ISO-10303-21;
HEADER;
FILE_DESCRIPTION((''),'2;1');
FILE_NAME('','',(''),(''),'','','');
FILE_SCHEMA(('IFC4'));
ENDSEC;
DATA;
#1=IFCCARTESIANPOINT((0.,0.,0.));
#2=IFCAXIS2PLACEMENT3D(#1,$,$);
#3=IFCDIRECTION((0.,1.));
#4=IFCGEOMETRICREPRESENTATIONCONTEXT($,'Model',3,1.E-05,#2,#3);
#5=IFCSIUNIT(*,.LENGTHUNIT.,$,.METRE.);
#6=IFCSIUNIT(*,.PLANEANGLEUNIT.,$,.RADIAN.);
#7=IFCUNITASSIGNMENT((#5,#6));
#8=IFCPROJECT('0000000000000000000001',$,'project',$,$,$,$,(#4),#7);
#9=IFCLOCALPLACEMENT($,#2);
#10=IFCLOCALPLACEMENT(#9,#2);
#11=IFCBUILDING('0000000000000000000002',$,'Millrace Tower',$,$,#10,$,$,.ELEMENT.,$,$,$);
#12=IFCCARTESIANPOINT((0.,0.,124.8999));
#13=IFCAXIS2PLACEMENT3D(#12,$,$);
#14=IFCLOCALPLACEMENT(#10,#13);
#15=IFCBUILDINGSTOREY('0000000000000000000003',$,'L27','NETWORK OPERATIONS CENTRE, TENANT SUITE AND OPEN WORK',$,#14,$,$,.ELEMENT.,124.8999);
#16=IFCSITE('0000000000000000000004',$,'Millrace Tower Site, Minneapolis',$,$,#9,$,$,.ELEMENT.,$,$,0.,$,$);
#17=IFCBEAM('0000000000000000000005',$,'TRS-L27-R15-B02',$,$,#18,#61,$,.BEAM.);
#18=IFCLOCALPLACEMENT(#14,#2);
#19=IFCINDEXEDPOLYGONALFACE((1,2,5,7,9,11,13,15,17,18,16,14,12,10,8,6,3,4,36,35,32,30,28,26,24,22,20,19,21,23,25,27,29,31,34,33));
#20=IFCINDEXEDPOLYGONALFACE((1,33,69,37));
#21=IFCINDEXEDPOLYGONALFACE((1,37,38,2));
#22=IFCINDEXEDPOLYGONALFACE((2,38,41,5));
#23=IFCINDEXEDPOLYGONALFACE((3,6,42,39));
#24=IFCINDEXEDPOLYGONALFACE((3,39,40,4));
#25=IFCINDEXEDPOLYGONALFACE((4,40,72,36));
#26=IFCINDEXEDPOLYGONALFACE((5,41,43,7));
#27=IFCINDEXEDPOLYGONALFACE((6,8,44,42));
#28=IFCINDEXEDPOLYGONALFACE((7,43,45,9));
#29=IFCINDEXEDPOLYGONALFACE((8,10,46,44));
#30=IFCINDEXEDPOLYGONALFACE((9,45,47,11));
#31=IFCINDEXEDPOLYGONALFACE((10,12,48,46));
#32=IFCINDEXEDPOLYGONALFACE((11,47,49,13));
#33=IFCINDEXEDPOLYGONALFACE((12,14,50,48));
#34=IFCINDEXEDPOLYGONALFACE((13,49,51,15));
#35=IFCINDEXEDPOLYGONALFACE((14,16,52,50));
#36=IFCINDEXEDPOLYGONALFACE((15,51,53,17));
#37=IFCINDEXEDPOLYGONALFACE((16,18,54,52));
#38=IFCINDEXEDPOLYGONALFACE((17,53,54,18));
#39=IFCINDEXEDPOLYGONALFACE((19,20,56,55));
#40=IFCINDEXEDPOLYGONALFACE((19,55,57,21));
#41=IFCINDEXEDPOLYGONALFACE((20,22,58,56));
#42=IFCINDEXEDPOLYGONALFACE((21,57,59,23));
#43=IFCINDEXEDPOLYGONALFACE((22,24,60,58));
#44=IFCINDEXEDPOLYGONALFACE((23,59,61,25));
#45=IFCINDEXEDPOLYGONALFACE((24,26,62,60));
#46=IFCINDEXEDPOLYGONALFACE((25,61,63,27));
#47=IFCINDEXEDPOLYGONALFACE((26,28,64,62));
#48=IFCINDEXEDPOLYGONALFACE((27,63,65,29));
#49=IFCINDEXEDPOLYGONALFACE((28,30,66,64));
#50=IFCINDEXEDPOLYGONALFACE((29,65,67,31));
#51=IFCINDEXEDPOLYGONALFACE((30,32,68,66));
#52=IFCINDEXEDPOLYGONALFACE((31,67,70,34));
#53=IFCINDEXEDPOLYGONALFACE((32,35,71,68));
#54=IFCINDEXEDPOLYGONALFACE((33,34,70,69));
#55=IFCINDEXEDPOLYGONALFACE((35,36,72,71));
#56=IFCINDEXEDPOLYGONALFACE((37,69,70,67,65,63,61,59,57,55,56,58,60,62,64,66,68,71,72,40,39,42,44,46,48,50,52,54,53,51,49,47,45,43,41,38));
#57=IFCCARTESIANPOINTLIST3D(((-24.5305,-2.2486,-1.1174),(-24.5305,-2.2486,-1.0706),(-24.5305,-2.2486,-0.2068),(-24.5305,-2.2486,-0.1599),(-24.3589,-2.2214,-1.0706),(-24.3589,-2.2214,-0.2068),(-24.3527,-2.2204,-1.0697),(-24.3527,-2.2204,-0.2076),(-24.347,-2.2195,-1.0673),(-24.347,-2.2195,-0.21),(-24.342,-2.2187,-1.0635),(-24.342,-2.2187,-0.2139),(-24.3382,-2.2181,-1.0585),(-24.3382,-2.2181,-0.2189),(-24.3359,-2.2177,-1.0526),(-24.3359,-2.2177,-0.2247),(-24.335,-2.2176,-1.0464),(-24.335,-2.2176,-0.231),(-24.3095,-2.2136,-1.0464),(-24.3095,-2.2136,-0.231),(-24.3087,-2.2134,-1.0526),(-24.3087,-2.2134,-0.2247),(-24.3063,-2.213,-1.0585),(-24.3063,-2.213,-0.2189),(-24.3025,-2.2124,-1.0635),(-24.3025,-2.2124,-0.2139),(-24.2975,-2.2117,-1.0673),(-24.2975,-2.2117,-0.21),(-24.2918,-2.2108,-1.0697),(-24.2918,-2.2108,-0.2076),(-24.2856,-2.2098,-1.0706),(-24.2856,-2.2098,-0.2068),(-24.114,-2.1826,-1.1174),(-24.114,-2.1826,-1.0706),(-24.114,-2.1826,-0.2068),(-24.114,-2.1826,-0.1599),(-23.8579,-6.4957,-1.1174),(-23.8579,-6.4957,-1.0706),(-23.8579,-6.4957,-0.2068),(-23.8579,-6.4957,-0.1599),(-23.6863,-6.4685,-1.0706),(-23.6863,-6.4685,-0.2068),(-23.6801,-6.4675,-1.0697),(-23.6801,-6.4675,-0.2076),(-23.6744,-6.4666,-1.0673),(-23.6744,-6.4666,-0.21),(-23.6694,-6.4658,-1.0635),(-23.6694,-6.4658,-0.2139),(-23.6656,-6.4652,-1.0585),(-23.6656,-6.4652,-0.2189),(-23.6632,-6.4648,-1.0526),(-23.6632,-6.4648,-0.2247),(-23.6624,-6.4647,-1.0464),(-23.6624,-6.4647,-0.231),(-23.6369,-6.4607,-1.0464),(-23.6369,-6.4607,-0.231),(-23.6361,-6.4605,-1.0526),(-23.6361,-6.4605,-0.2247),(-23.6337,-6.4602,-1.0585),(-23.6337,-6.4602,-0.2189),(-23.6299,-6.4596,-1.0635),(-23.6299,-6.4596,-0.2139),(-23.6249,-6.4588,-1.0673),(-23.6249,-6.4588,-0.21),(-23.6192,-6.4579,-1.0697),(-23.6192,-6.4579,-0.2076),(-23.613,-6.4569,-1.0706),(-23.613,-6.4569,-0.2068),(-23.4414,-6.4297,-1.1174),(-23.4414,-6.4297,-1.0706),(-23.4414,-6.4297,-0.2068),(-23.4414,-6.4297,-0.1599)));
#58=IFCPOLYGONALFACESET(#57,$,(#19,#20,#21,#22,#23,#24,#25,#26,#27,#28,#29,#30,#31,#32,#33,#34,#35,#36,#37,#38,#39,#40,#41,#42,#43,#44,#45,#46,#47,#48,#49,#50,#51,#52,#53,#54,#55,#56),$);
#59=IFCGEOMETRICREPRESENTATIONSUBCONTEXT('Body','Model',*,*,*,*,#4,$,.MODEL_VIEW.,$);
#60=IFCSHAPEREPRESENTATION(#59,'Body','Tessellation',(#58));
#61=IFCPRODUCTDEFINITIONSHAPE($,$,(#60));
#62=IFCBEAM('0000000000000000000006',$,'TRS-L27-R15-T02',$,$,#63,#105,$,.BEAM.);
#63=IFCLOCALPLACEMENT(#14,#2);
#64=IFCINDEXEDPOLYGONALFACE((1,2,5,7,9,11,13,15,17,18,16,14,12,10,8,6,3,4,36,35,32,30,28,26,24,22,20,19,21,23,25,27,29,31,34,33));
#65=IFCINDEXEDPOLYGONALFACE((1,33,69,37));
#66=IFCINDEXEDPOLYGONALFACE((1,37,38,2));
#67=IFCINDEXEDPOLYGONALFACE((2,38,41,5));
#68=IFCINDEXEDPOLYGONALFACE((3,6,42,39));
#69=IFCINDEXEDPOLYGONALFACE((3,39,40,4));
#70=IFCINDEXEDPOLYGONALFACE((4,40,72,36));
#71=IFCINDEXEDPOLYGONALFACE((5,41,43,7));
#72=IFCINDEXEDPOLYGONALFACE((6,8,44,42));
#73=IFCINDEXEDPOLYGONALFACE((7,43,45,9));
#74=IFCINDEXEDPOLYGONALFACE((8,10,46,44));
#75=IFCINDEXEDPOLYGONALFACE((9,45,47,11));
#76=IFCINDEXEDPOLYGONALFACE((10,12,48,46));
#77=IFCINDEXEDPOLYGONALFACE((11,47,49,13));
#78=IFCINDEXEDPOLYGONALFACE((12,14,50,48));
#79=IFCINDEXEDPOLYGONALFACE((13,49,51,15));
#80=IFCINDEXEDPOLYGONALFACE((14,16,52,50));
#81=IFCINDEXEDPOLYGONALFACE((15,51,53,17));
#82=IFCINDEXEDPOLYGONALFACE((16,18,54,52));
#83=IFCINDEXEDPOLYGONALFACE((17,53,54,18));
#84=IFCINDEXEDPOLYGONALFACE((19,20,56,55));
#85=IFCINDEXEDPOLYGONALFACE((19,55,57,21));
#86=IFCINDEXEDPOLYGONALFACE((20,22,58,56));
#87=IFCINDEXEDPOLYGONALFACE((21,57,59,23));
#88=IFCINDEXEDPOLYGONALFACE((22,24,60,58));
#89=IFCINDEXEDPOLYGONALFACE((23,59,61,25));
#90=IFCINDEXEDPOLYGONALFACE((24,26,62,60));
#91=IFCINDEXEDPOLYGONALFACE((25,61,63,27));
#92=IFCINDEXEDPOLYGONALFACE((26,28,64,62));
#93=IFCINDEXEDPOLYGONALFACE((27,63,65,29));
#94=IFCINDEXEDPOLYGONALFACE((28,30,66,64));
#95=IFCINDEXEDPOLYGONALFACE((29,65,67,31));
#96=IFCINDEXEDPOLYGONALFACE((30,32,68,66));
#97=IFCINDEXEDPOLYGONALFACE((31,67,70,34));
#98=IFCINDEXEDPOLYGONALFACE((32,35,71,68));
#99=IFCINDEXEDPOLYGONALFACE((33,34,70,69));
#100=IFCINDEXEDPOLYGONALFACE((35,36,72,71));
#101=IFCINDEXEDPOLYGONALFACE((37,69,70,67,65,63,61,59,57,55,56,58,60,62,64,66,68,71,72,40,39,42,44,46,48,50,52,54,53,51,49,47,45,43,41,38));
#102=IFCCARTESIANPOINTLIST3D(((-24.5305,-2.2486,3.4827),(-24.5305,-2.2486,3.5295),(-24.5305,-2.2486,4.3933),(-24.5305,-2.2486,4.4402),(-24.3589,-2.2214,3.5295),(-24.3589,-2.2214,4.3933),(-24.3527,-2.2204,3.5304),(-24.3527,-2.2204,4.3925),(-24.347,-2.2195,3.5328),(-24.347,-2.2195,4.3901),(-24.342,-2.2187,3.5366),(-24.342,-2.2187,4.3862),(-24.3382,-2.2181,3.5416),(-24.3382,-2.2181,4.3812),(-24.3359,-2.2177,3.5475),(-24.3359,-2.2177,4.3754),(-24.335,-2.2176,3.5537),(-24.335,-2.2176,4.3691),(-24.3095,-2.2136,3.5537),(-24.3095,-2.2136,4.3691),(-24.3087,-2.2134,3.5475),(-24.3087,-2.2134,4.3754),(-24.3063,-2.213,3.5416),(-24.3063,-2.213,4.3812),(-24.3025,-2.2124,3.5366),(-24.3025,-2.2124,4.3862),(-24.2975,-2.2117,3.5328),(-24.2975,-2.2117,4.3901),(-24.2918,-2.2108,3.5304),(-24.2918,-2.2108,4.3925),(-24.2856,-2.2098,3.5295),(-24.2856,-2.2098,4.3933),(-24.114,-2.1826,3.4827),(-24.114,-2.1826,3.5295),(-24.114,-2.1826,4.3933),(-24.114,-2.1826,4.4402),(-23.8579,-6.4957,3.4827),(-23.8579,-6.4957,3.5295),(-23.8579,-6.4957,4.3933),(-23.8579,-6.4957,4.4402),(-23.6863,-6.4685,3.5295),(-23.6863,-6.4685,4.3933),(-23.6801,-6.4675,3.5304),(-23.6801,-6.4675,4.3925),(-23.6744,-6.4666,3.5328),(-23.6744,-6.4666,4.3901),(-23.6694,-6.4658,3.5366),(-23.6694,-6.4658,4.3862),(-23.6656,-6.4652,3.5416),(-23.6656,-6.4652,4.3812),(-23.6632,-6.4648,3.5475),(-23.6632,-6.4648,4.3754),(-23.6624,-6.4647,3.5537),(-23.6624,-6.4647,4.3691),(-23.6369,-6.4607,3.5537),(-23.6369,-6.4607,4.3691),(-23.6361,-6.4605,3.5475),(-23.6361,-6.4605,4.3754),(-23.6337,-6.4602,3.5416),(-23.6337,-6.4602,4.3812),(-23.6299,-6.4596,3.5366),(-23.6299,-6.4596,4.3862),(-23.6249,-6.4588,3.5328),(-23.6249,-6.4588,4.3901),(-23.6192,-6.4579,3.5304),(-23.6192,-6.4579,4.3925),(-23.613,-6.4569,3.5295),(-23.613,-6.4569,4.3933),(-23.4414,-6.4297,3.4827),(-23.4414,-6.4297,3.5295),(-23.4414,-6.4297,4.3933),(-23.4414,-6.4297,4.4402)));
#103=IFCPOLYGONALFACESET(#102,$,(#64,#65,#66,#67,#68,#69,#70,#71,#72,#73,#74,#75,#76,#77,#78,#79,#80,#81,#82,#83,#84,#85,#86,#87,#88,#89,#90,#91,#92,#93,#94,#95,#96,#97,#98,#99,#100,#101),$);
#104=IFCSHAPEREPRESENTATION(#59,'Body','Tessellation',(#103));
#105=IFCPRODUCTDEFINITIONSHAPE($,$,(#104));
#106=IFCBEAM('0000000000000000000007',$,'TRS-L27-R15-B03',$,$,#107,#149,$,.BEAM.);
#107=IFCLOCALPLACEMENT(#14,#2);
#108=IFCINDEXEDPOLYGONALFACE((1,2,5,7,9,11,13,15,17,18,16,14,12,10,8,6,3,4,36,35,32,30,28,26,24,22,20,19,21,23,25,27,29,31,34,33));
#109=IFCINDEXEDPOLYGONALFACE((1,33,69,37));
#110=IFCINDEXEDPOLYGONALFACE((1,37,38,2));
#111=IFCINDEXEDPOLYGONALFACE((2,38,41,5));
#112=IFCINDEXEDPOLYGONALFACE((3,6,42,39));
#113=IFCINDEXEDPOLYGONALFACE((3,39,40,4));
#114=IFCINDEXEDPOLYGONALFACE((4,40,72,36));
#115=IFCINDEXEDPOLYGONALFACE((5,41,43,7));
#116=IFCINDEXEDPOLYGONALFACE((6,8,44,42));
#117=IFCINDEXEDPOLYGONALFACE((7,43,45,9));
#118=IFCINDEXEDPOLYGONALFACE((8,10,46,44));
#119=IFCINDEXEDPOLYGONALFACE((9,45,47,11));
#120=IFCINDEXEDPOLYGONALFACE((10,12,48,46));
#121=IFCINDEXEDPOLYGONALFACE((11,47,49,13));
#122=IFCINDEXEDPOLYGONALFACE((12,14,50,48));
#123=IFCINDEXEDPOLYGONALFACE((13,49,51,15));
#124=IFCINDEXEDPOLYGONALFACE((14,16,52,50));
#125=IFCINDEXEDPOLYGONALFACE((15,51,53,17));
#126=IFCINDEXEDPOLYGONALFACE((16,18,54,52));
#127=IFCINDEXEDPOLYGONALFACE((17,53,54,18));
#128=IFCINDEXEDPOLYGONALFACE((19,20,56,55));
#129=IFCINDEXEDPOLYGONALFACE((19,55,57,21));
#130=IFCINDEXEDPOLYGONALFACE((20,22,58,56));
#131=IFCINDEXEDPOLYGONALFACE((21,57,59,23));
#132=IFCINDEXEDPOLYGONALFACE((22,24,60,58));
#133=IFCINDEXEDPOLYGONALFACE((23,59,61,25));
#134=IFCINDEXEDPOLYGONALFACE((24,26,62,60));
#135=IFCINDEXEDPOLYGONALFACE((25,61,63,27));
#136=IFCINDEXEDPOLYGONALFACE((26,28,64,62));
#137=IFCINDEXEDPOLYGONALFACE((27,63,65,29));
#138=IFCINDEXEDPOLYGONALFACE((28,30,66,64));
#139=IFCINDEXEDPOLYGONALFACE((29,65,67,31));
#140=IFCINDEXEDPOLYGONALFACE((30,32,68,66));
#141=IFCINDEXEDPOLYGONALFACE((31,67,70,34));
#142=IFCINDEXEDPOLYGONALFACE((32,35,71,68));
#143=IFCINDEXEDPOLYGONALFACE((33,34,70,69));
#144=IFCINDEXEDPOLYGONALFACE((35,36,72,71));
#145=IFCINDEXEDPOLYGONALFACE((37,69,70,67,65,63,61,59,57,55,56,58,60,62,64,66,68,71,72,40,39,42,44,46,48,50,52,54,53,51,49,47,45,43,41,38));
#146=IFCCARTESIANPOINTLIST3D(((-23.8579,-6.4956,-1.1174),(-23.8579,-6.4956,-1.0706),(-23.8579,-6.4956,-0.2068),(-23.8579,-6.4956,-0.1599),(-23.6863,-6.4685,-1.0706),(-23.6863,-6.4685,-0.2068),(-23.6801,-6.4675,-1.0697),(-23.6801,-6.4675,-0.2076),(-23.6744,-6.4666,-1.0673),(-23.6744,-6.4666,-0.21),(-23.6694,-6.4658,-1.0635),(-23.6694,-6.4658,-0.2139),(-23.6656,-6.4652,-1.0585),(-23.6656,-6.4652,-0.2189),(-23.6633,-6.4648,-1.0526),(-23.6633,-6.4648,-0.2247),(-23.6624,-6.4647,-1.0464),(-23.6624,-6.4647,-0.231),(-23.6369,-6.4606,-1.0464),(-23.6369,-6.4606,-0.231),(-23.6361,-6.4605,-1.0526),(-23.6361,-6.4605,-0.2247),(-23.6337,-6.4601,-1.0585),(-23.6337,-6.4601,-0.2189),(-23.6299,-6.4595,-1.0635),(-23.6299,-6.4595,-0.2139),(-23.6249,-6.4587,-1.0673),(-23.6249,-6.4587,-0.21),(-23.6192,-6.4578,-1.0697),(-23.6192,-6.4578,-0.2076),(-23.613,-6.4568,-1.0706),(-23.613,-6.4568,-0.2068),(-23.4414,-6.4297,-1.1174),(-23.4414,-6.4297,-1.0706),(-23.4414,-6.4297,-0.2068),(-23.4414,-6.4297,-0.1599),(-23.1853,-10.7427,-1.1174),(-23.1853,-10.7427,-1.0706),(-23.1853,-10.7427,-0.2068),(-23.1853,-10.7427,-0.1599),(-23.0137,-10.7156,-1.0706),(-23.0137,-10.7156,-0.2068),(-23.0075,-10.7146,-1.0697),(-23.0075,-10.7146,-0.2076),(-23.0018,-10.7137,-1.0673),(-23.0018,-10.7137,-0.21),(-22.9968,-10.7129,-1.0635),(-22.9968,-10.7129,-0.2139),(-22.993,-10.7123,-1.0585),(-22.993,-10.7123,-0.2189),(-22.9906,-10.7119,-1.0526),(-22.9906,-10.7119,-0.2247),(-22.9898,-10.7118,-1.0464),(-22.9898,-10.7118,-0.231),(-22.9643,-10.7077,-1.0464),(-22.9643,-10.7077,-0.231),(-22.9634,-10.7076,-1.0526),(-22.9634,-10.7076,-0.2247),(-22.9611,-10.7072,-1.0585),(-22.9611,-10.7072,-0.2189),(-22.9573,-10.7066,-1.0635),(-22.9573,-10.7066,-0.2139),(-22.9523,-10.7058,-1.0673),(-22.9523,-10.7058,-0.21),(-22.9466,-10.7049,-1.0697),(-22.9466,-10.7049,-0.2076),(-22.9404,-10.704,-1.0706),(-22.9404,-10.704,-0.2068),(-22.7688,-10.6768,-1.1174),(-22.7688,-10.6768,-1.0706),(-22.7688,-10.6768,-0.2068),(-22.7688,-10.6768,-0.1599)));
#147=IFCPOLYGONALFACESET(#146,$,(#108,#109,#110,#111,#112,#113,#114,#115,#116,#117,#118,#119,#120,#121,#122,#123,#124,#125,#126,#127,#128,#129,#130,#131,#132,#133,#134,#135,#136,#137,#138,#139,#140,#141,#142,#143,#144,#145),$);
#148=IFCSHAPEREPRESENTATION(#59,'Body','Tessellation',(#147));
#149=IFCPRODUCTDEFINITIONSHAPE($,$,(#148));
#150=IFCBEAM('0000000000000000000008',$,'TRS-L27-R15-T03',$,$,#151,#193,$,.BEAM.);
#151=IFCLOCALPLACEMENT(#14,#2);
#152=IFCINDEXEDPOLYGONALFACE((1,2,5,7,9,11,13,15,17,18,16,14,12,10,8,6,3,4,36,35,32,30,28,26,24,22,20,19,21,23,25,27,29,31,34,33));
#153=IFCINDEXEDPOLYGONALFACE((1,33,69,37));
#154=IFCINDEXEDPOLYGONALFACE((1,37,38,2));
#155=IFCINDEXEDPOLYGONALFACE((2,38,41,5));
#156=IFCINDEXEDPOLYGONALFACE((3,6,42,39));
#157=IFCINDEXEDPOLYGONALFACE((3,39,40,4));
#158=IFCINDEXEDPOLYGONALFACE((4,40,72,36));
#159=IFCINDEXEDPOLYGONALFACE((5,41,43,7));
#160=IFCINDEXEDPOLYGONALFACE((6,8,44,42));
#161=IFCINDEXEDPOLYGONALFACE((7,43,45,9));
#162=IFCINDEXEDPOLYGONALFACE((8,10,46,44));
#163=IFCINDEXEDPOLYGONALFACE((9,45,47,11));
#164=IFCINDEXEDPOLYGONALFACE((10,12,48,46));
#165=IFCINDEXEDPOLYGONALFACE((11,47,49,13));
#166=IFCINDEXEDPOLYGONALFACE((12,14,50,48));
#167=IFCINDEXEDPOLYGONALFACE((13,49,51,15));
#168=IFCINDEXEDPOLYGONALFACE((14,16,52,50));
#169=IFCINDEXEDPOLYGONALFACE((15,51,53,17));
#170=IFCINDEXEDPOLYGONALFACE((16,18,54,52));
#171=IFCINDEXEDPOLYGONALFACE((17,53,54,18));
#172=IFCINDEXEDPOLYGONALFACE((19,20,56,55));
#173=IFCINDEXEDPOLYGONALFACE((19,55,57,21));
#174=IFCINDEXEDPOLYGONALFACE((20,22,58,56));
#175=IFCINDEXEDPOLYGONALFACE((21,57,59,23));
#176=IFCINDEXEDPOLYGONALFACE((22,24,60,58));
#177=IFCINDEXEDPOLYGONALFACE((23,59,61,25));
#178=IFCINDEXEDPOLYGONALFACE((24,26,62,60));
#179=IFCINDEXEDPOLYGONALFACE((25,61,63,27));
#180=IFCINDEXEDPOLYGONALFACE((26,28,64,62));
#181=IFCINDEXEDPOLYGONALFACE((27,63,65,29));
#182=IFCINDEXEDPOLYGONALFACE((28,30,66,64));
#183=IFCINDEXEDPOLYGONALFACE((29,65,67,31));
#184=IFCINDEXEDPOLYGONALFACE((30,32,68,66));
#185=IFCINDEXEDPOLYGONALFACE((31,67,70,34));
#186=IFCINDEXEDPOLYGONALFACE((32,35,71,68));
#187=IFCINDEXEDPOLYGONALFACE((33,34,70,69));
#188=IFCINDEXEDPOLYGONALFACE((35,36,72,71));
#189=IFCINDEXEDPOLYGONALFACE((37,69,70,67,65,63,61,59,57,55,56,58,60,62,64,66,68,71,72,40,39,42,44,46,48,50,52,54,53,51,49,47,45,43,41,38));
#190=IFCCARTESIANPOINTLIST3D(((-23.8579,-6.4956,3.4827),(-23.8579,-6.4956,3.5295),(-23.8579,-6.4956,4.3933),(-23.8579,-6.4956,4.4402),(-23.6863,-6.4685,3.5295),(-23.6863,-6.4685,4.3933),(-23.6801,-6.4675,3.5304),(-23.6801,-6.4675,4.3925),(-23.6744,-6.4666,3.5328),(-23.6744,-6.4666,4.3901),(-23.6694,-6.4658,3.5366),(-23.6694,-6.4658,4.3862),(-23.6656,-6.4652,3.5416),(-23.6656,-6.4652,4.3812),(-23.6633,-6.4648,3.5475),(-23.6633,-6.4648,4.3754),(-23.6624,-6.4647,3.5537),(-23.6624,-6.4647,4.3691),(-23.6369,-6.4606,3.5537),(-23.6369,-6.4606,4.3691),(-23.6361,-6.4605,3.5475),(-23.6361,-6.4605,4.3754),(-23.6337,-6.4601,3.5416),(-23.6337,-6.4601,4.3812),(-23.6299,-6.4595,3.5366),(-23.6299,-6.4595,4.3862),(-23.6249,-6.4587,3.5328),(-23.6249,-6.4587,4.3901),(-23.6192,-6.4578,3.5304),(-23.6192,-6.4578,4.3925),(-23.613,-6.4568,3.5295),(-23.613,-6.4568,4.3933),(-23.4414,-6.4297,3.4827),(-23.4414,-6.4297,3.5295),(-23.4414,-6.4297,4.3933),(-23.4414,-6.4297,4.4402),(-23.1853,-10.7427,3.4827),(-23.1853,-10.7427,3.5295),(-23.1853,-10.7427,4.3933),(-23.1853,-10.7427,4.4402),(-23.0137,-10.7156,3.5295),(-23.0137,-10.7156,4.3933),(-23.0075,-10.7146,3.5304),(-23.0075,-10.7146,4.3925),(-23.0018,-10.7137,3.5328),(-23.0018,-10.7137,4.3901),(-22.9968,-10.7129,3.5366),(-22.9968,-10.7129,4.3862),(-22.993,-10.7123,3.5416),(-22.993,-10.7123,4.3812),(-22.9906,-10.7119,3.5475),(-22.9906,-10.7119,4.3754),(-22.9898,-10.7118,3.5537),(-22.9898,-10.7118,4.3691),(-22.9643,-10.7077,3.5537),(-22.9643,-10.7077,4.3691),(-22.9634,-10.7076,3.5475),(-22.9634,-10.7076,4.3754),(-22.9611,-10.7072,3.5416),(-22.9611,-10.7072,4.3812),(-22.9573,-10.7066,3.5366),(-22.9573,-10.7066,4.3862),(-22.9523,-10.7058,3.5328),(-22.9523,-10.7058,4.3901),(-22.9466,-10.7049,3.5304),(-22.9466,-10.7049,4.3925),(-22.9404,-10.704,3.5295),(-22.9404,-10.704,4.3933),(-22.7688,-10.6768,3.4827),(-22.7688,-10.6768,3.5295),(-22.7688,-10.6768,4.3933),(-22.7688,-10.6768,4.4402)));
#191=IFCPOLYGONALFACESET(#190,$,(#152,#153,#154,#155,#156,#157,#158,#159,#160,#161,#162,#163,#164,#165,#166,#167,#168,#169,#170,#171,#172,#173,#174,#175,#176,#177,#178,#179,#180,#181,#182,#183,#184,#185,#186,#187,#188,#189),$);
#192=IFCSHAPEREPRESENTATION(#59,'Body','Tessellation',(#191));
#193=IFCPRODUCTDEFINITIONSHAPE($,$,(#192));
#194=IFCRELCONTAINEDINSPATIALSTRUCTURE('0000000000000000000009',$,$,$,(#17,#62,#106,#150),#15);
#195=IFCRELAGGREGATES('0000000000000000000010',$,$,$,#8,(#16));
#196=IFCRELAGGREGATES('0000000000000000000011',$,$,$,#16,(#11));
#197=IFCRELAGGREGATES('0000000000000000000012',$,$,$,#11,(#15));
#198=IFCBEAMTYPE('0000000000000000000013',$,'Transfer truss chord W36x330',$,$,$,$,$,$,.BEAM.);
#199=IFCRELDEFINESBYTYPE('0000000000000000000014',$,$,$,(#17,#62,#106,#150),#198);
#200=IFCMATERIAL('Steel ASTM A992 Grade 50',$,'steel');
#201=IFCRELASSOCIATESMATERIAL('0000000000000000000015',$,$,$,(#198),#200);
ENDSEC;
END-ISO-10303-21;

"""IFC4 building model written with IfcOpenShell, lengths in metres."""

from ifc_helpers import new_model, si_unit, direction, frame, origin, origin_2d, place, context, subcontext, project, spatial, i_section, extrude, material, material_profile, profile_set, type_object, element, save


model = new_model("IFC4")

# Units and contexts
model_context = context("Model", 3, precision=1e-05, world=origin(), true_north=direction((0.0, 1.0)))
body_context = subcontext(model_context, "Body", "Model", "MODEL_VIEW")
ifc_project = project(units=[si_unit("LENGTHUNIT", "METRE"), si_unit("PLANEANGLEUNIT", "RADIAN")], contexts=[model_context])

# Site, building, storey
site_placement = place(None, origin())
site = spatial("IfcSite", under=ifc_project, at=site_placement, Name="Millrace Tower Site, Minneapolis", CompositionType="ELEMENT", RefElevation=0.0)
building_placement = place(site_placement, origin())
building = spatial("IfcBuilding", under=site, at=building_placement, Name="Millrace Tower", CompositionType="ELEMENT")
storey_placement = place(building_placement, frame((0.0, 0.0, 124.8999)))
storey = spatial("IfcBuildingStorey", under=building, at=storey_placement, Name="L27", Description="NETWORK OPERATIONS CENTRE, TENANT SUITE AND OPEN WORK", CompositionType="ELEMENT", Elevation=124.8999)

# Beams
ifc_material_1 = material(Name="Steel ASTM A992 Grade 50", Category="steel")
ifc_material_profile_1 = material_profile(ifc_material_1, i_section(OverallWidth=0.4216, OverallDepth=0.9575, WebThickness=0.0259, FlangeThickness=0.0469, FilletRadius=0.0242, at=origin_2d()))
ifc_profile_set_1 = profile_set([ifc_material_profile_1], Name="Steel ASTM A992 Grade 50")
beam_type_1 = type_object("IfcBeamType", Name="Transfer truss chord W36x330", PredefinedType="BEAM", material=ifc_profile_set_1)
for number, where, z_axis, x_axis, name in (
    (1, (-24.3223, -2.2156, -0.6387), (0.15642, -0.987691, 0.0), (0.987691, 0.15642, 0.0), "TRS-L27-R15-B02"),
    (2, (-24.3223, -2.2156, 3.9614), (0.15642, -0.987691, 0.0), (0.987691, 0.15642, 0.0), "TRS-L27-R15-T02"),
    (3, (-23.6497, -6.4626, -0.6387), (0.15642, -0.987691, 0.0), (0.987691, 0.15642, 0.0), "TRS-L27-R15-B03"),
    (4, (-23.6497, -6.4626, 3.9614), (0.15642, -0.987691, 0.0), (0.987691, 0.15642, 0.0), "TRS-L27-R15-T03"),
):
    element("IfcBeam", number, at=place(storey_placement, frame(where, z_axis=z_axis, x_axis=x_axis)), inside=storey, type_object=beam_type_1, Name=name, PredefinedType="BEAM", context=body_context, shape_type="SweptSolid", body=[
        extrude(i_section(OverallWidth=0.4216, OverallDepth=0.9575, WebThickness=0.0259, FlangeThickness=0.0469, FilletRadius=0.0242, at=origin_2d()), origin(), (0.0, 0.0, 1.0), 4.3),
    ])

save(model, "model.ifc")
